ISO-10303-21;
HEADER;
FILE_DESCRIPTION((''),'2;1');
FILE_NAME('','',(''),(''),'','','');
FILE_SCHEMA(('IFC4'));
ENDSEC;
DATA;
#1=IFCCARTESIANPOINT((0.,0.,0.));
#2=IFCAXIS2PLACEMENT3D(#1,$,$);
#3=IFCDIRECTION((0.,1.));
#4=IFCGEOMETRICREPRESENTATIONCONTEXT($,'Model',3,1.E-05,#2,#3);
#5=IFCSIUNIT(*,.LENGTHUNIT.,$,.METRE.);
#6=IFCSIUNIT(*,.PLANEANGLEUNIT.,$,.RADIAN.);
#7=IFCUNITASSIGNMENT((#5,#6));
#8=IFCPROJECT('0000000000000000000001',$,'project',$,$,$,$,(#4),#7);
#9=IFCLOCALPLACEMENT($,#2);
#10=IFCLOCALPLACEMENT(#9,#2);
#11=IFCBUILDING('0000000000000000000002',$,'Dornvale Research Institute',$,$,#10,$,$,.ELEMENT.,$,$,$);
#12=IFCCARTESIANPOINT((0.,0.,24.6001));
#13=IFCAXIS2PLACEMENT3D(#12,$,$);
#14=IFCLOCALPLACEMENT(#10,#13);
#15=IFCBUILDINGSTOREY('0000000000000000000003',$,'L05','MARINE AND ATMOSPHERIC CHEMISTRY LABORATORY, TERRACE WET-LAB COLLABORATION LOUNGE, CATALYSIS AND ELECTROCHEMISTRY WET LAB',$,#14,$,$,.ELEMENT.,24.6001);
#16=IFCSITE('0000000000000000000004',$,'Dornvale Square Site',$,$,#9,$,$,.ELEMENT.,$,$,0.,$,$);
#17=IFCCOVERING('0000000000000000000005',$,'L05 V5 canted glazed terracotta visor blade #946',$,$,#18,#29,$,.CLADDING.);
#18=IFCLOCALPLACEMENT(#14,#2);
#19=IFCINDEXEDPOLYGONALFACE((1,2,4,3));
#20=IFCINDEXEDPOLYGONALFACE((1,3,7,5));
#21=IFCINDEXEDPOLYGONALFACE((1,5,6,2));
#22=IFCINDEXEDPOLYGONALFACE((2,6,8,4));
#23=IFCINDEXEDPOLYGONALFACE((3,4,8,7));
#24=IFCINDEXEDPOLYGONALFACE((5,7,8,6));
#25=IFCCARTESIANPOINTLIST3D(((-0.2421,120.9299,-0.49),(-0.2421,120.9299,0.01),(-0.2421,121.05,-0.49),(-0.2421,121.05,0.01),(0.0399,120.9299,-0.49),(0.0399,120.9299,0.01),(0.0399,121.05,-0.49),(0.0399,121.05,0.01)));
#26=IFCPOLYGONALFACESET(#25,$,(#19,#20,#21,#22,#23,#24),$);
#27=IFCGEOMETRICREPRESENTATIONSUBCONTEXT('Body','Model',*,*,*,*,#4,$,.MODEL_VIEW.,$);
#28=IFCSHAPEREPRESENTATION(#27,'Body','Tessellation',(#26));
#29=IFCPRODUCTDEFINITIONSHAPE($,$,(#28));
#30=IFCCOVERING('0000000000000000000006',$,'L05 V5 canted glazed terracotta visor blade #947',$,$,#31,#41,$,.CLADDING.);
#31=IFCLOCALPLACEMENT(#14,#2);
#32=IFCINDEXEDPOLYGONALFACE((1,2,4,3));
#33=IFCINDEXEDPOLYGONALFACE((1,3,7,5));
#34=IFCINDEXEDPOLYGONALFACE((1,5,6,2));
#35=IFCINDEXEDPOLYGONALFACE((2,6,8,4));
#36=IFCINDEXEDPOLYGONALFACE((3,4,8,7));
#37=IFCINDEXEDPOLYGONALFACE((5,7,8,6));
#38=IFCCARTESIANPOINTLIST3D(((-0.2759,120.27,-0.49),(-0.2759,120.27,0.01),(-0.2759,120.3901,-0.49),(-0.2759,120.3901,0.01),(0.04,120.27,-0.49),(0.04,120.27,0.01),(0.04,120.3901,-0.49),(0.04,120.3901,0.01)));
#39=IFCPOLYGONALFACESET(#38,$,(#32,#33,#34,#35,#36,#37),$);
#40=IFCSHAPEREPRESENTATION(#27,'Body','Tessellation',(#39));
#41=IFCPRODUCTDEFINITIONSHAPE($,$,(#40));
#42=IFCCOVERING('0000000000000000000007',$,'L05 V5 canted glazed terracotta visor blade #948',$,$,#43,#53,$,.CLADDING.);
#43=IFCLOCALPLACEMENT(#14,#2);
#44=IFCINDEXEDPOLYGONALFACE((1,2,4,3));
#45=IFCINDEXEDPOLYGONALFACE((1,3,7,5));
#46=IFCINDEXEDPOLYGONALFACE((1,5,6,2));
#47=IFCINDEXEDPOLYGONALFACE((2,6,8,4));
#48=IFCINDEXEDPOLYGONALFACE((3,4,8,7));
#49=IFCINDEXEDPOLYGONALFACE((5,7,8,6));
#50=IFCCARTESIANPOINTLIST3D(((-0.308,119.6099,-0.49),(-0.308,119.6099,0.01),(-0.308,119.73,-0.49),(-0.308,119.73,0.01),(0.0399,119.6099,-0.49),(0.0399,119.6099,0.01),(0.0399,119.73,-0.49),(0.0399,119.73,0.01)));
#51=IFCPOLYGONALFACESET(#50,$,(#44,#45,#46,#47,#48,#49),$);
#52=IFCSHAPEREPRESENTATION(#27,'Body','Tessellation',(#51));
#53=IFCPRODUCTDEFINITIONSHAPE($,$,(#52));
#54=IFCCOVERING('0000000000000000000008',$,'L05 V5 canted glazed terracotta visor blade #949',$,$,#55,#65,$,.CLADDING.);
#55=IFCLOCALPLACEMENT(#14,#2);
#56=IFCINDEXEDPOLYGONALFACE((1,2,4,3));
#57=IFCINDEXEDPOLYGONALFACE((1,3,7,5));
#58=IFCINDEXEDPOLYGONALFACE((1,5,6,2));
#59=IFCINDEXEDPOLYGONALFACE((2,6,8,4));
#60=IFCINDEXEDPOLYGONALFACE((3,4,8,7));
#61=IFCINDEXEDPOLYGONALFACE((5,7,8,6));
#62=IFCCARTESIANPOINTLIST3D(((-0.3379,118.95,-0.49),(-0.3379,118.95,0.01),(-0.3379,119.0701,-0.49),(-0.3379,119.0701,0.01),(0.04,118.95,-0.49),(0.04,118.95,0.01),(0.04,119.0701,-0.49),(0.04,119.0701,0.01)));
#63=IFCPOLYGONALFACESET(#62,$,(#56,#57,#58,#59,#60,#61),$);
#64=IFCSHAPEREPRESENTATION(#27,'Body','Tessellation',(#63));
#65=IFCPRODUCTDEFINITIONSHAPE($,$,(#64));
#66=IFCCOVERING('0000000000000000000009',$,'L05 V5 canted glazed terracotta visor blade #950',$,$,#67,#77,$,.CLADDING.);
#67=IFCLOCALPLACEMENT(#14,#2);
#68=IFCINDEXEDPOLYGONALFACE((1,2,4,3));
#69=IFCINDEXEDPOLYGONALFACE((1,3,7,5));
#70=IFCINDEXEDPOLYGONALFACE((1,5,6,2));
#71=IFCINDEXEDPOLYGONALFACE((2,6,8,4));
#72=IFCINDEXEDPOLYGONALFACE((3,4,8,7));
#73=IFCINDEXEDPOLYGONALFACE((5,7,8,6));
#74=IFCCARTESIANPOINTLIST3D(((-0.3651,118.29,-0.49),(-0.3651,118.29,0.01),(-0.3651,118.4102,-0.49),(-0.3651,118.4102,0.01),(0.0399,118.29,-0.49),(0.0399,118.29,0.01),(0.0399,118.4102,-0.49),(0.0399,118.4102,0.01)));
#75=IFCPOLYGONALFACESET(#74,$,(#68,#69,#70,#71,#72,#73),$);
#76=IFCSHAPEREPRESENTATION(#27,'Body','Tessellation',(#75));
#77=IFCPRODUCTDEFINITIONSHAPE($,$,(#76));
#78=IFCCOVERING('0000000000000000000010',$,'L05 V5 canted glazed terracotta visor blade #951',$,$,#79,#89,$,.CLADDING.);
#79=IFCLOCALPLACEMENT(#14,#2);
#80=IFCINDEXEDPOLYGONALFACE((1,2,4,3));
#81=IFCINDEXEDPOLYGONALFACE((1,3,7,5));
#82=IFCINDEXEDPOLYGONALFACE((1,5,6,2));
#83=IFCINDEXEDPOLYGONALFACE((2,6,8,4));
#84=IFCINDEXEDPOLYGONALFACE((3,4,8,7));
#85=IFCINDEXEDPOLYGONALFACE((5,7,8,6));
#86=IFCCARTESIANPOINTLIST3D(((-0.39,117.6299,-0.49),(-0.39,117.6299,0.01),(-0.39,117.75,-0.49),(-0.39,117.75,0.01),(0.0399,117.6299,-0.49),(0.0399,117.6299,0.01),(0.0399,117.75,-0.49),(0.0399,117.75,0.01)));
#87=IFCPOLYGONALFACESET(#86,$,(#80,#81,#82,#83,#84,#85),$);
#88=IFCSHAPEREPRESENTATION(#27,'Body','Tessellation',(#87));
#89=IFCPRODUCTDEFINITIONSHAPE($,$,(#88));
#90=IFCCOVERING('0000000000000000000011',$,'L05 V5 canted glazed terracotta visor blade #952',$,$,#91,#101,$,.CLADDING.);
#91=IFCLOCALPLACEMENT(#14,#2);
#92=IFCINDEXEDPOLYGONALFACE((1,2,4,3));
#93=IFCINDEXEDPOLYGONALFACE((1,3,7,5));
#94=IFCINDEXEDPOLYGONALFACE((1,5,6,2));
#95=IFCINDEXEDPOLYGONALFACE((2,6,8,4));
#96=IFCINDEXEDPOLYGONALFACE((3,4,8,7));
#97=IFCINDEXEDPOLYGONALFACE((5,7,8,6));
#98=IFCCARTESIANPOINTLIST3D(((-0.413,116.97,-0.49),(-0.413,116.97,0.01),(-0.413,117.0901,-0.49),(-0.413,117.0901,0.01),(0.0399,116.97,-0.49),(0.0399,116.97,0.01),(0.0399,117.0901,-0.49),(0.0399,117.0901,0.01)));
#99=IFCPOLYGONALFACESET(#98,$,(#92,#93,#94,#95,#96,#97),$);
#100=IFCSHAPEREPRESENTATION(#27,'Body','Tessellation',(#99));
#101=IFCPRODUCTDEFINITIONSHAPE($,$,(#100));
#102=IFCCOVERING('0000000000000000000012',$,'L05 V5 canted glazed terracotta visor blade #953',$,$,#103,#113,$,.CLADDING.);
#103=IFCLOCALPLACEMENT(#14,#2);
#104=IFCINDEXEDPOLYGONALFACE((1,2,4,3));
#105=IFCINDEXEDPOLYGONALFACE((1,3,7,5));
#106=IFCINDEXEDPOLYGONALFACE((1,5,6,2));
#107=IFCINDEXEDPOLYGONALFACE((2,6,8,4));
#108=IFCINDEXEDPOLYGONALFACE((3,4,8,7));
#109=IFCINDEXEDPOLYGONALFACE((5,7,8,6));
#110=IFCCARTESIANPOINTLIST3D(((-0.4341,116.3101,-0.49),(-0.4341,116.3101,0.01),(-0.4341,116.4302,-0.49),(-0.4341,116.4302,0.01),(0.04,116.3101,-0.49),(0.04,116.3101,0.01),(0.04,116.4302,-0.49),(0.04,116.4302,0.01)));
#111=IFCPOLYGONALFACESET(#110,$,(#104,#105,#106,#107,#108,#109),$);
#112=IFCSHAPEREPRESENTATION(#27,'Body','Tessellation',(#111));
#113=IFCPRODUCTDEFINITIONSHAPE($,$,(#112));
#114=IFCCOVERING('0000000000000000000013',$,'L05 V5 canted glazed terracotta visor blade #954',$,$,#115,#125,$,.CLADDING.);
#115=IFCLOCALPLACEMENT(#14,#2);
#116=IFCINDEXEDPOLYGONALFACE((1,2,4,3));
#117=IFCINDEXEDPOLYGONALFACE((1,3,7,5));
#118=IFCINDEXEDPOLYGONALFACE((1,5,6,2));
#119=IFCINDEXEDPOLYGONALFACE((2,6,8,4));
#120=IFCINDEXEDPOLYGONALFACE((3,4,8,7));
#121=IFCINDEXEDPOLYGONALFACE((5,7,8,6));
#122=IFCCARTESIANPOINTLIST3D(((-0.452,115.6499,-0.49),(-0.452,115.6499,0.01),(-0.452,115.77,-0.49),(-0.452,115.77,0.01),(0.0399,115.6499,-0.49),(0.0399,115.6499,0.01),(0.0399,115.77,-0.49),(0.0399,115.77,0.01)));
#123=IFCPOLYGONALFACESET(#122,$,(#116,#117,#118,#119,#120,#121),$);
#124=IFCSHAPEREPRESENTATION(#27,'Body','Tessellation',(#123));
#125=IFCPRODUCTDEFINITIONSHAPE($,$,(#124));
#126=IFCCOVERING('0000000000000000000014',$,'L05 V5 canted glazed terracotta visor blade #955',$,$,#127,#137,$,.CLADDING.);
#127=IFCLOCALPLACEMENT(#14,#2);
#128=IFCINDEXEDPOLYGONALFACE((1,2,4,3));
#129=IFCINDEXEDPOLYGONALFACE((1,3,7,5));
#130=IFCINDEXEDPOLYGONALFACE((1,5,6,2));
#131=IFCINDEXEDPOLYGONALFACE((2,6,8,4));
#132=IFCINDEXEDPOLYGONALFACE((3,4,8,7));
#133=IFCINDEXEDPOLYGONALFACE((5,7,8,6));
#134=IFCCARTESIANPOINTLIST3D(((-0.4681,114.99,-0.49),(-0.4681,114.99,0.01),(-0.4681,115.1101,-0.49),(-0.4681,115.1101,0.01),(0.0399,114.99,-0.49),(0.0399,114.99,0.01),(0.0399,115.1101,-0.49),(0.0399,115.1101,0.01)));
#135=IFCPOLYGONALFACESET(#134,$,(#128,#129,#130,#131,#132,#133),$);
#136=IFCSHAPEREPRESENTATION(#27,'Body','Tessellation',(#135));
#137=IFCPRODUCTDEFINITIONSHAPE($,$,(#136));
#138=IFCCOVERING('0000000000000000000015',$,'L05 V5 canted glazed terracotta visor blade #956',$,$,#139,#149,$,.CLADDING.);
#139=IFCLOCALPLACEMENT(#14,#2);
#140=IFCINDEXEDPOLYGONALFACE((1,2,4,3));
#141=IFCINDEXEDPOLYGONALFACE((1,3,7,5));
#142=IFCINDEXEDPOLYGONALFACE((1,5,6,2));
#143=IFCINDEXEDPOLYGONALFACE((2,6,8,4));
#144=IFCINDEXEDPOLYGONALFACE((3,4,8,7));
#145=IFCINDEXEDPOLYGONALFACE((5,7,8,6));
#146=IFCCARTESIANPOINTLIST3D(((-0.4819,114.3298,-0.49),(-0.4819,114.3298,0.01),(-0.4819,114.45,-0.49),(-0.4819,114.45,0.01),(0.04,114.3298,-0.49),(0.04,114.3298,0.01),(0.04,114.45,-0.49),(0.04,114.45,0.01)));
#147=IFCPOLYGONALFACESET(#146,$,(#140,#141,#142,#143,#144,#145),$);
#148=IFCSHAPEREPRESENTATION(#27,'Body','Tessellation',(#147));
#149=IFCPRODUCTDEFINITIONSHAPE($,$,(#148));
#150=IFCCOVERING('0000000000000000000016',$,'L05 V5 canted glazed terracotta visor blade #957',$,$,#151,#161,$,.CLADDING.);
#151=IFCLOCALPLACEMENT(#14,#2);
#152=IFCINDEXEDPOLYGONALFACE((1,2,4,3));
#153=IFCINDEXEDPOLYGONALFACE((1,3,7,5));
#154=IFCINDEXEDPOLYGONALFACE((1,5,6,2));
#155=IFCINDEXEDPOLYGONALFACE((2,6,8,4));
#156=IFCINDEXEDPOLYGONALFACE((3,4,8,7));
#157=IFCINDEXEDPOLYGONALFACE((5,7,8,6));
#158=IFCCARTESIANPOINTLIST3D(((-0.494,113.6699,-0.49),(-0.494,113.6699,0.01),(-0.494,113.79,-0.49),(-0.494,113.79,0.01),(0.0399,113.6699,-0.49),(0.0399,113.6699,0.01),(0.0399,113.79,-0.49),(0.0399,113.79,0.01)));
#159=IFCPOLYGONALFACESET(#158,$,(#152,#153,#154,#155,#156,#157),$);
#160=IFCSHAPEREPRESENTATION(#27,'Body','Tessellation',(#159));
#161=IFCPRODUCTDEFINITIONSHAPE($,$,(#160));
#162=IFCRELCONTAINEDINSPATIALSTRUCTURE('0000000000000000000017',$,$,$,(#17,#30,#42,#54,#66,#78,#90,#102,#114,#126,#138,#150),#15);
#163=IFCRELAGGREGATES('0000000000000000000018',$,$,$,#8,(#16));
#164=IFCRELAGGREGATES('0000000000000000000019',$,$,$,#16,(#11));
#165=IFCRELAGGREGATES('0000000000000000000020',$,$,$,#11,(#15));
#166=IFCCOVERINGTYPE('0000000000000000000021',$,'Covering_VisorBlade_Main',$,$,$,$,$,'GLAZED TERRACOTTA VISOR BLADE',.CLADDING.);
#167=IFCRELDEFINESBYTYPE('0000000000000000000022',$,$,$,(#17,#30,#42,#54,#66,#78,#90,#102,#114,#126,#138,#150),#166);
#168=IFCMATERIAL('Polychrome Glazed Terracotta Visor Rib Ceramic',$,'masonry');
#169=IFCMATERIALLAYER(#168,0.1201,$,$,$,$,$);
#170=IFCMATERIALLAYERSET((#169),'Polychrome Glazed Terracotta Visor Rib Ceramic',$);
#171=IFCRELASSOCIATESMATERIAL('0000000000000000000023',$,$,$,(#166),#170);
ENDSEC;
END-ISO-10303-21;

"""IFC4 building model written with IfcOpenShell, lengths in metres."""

from ifc_helpers import new_model, si_unit, direction, frame, origin, origin_2d, place, context, subcontext, project, spatial, rectangle, extrude, material, layer, layer_set, type_object, element, save


model = new_model("IFC4")

# Units and contexts
model_context = context("Model", 3, precision=1e-05, world=origin(), true_north=direction((0.0, 1.0)))
body_context = subcontext(model_context, "Body", "Model", "MODEL_VIEW")
ifc_project = project(units=[si_unit("LENGTHUNIT", "METRE"), si_unit("PLANEANGLEUNIT", "RADIAN")], contexts=[model_context])

# Site, building, storey
site_placement = place(None, origin())
site = spatial("IfcSite", under=ifc_project, at=site_placement, Name="Dornvale Square Site", CompositionType="ELEMENT", RefElevation=0.0)
building_placement = place(site_placement, origin())
building = spatial("IfcBuilding", under=site, at=building_placement, Name="Dornvale Research Institute", CompositionType="ELEMENT")
storey_placement = place(building_placement, frame((0.0, 0.0, 24.6001)))
storey = spatial("IfcBuildingStorey", under=building, at=storey_placement, Name="L05", Description="MARINE AND ATMOSPHERIC CHEMISTRY LABORATORY, TERRACE WET-LAB COLLABORATION LOUNGE, CATALYSIS AND ELECTROCHEMISTRY WET LAB", CompositionType="ELEMENT", Elevation=24.6001)

# Coverings
ifc_material_1 = material(Name="Polychrome Glazed Terracotta Visor Rib Ceramic", Category="masonry")
ifc_layer_1 = layer(ifc_material_1, 0.1201)
ifc_layer_set_1 = layer_set([ifc_layer_1], Name="Polychrome Glazed Terracotta Visor Rib Ceramic")
covering_type = type_object("IfcCoveringType", Name="Covering_VisorBlade_Main", ElementType="GLAZED TERRACOTTA VISOR BLADE", PredefinedType="CLADDING", material=ifc_layer_set_1)
covering_1_placement = place(storey_placement, frame((-0.1011, 120.99, -0.49), z_axis=(0.0, 0.0, 1.0), x_axis=(1.0, 0.0, 0.0)))
element("IfcCovering", 1, at=covering_1_placement, inside=storey, type_object=covering_type, Name="L05 V5 canted glazed terracotta visor blade #946", PredefinedType="CLADDING", context=body_context, shape_type="SweptSolid", body=[
    extrude(rectangle(XDim=0.282, YDim=0.1201, at=origin_2d()), origin(), (0.0, 0.0, 1.0), 0.5),
])
covering_2_placement = place(storey_placement, frame((-0.1179, 120.3301, -0.49), z_axis=(0.0, 0.0, 1.0), x_axis=(1.0, 0.0, 0.0)))
element("IfcCovering", 2, at=covering_2_placement, inside=storey, type_object=covering_type, Name="L05 V5 canted glazed terracotta visor blade #947", PredefinedType="CLADDING", context=body_context, shape_type="SweptSolid", body=[
    extrude(rectangle(XDim=0.3159, YDim=0.1201, at=origin_2d()), origin(), (0.0, 0.0, 1.0), 0.5),
])
covering_3_placement = place(storey_placement, frame((-0.134, 119.6699, -0.49), z_axis=(0.0, 0.0, 1.0), x_axis=(1.0, 0.0, 0.0)))
element("IfcCovering", 3, at=covering_3_placement, inside=storey, type_object=covering_type, Name="L05 V5 canted glazed terracotta visor blade #948", PredefinedType="CLADDING", context=body_context, shape_type="SweptSolid", body=[
    extrude(rectangle(XDim=0.3479, YDim=0.1201, at=origin_2d()), origin(), (0.0, 0.0, 1.0), 0.5),
])
covering_4_placement = place(storey_placement, frame((-0.1489, 119.01, -0.49), z_axis=(0.0, 0.0, 1.0), x_axis=(1.0, 0.0, 0.0)))
element("IfcCovering", 4, at=covering_4_placement, inside=storey, type_object=covering_type, Name="L05 V5 canted glazed terracotta visor blade #949", PredefinedType="CLADDING", context=body_context, shape_type="SweptSolid", body=[
    extrude(rectangle(XDim=0.3779, YDim=0.1201, at=origin_2d()), origin(), (0.0, 0.0, 1.0), 0.5),
])
covering_5_placement = place(storey_placement, frame((-0.1626, 118.3501, -0.49), z_axis=(0.0, 0.0, 1.0), x_axis=(1.0, 0.0, 0.0)))
element("IfcCovering", 5, at=covering_5_placement, inside=storey, type_object=covering_type, Name="L05 V5 canted glazed terracotta visor blade #950", PredefinedType="CLADDING", context=body_context, shape_type="SweptSolid", body=[
    extrude(rectangle(XDim=0.405, YDim=0.1201, at=origin_2d()), origin(), (0.0, 0.0, 1.0), 0.5),
])
covering_6_placement = place(storey_placement, frame((-0.175, 117.6899, -0.49), z_axis=(0.0, 0.0, 1.0), x_axis=(1.0, 0.0, 0.0)))
element("IfcCovering", 6, at=covering_6_placement, inside=storey, type_object=covering_type, Name="L05 V5 canted glazed terracotta visor blade #951", PredefinedType="CLADDING", context=body_context, shape_type="SweptSolid", body=[
    extrude(rectangle(XDim=0.4299, YDim=0.1201, at=origin_2d()), origin(), (0.0, 0.0, 1.0), 0.5),
])
covering_7_placement = place(storey_placement, frame((-0.1865, 117.03, -0.49), z_axis=(0.0, 0.0, 1.0), x_axis=(1.0, 0.0, 0.0)))
element("IfcCovering", 7, at=covering_7_placement, inside=storey, type_object=covering_type, Name="L05 V5 canted glazed terracotta visor blade #952", PredefinedType="CLADDING", context=body_context, shape_type="SweptSolid", body=[
    extrude(rectangle(XDim=0.4529, YDim=0.1201, at=origin_2d()), origin(), (0.0, 0.0, 1.0), 0.5),
])
covering_8_placement = place(storey_placement, frame((-0.197, 116.3701, -0.49), z_axis=(0.0, 0.0, 1.0), x_axis=(1.0, 0.0, 0.0)))
element("IfcCovering", 8, at=covering_8_placement, inside=storey, type_object=covering_type, Name="L05 V5 canted glazed terracotta visor blade #953", PredefinedType="CLADDING", context=body_context, shape_type="SweptSolid", body=[
    extrude(rectangle(XDim=0.4741, YDim=0.1201, at=origin_2d()), origin(), (0.0, 0.0, 1.0), 0.5),
])
covering_9_placement = place(storey_placement, frame((-0.2061, 115.71, -0.49), z_axis=(0.0, 0.0, 1.0), x_axis=(1.0, 0.0, 0.0)))
element("IfcCovering", 9, at=covering_9_placement, inside=storey, type_object=covering_type, Name="L05 V5 canted glazed terracotta visor blade #954", PredefinedType="CLADDING", context=body_context, shape_type="SweptSolid", body=[
    extrude(rectangle(XDim=0.4919, YDim=0.1201, at=origin_2d()), origin(), (0.0, 0.0, 1.0), 0.5),
])
covering_10_placement = place(storey_placement, frame((-0.2141, 115.05, -0.49), z_axis=(0.0, 0.0, 1.0), x_axis=(1.0, 0.0, 0.0)))
element("IfcCovering", 10, at=covering_10_placement, inside=storey, type_object=covering_type, Name="L05 V5 canted glazed terracotta visor blade #955", PredefinedType="CLADDING", context=body_context, shape_type="SweptSolid", body=[
    extrude(rectangle(XDim=0.5081, YDim=0.1201, at=origin_2d()), origin(), (0.0, 0.0, 1.0), 0.5),
])
covering_11_placement = place(storey_placement, frame((-0.2209, 114.3899, -0.49), z_axis=(0.0, 0.0, 1.0), x_axis=(1.0, 0.0, 0.0)))
element("IfcCovering", 11, at=covering_11_placement, inside=storey, type_object=covering_type, Name="L05 V5 canted glazed terracotta visor blade #956", PredefinedType="CLADDING", context=body_context, shape_type="SweptSolid", body=[
    extrude(rectangle(XDim=0.522, YDim=0.1201, at=origin_2d()), origin(), (0.0, 0.0, 1.0), 0.5),
])
covering_12_placement = place(storey_placement, frame((-0.2271, 113.73, -0.49), z_axis=(0.0, 0.0, 1.0), x_axis=(1.0, 0.0, 0.0)))
element("IfcCovering", 12, at=covering_12_placement, inside=storey, type_object=covering_type, Name="L05 V5 canted glazed terracotta visor blade #957", PredefinedType="CLADDING", context=body_context, shape_type="SweptSolid", body=[
    extrude(rectangle(XDim=0.5339, YDim=0.1201, at=origin_2d()), origin(), (0.0, 0.0, 1.0), 0.5),
])

save(model, "model.ifc")
